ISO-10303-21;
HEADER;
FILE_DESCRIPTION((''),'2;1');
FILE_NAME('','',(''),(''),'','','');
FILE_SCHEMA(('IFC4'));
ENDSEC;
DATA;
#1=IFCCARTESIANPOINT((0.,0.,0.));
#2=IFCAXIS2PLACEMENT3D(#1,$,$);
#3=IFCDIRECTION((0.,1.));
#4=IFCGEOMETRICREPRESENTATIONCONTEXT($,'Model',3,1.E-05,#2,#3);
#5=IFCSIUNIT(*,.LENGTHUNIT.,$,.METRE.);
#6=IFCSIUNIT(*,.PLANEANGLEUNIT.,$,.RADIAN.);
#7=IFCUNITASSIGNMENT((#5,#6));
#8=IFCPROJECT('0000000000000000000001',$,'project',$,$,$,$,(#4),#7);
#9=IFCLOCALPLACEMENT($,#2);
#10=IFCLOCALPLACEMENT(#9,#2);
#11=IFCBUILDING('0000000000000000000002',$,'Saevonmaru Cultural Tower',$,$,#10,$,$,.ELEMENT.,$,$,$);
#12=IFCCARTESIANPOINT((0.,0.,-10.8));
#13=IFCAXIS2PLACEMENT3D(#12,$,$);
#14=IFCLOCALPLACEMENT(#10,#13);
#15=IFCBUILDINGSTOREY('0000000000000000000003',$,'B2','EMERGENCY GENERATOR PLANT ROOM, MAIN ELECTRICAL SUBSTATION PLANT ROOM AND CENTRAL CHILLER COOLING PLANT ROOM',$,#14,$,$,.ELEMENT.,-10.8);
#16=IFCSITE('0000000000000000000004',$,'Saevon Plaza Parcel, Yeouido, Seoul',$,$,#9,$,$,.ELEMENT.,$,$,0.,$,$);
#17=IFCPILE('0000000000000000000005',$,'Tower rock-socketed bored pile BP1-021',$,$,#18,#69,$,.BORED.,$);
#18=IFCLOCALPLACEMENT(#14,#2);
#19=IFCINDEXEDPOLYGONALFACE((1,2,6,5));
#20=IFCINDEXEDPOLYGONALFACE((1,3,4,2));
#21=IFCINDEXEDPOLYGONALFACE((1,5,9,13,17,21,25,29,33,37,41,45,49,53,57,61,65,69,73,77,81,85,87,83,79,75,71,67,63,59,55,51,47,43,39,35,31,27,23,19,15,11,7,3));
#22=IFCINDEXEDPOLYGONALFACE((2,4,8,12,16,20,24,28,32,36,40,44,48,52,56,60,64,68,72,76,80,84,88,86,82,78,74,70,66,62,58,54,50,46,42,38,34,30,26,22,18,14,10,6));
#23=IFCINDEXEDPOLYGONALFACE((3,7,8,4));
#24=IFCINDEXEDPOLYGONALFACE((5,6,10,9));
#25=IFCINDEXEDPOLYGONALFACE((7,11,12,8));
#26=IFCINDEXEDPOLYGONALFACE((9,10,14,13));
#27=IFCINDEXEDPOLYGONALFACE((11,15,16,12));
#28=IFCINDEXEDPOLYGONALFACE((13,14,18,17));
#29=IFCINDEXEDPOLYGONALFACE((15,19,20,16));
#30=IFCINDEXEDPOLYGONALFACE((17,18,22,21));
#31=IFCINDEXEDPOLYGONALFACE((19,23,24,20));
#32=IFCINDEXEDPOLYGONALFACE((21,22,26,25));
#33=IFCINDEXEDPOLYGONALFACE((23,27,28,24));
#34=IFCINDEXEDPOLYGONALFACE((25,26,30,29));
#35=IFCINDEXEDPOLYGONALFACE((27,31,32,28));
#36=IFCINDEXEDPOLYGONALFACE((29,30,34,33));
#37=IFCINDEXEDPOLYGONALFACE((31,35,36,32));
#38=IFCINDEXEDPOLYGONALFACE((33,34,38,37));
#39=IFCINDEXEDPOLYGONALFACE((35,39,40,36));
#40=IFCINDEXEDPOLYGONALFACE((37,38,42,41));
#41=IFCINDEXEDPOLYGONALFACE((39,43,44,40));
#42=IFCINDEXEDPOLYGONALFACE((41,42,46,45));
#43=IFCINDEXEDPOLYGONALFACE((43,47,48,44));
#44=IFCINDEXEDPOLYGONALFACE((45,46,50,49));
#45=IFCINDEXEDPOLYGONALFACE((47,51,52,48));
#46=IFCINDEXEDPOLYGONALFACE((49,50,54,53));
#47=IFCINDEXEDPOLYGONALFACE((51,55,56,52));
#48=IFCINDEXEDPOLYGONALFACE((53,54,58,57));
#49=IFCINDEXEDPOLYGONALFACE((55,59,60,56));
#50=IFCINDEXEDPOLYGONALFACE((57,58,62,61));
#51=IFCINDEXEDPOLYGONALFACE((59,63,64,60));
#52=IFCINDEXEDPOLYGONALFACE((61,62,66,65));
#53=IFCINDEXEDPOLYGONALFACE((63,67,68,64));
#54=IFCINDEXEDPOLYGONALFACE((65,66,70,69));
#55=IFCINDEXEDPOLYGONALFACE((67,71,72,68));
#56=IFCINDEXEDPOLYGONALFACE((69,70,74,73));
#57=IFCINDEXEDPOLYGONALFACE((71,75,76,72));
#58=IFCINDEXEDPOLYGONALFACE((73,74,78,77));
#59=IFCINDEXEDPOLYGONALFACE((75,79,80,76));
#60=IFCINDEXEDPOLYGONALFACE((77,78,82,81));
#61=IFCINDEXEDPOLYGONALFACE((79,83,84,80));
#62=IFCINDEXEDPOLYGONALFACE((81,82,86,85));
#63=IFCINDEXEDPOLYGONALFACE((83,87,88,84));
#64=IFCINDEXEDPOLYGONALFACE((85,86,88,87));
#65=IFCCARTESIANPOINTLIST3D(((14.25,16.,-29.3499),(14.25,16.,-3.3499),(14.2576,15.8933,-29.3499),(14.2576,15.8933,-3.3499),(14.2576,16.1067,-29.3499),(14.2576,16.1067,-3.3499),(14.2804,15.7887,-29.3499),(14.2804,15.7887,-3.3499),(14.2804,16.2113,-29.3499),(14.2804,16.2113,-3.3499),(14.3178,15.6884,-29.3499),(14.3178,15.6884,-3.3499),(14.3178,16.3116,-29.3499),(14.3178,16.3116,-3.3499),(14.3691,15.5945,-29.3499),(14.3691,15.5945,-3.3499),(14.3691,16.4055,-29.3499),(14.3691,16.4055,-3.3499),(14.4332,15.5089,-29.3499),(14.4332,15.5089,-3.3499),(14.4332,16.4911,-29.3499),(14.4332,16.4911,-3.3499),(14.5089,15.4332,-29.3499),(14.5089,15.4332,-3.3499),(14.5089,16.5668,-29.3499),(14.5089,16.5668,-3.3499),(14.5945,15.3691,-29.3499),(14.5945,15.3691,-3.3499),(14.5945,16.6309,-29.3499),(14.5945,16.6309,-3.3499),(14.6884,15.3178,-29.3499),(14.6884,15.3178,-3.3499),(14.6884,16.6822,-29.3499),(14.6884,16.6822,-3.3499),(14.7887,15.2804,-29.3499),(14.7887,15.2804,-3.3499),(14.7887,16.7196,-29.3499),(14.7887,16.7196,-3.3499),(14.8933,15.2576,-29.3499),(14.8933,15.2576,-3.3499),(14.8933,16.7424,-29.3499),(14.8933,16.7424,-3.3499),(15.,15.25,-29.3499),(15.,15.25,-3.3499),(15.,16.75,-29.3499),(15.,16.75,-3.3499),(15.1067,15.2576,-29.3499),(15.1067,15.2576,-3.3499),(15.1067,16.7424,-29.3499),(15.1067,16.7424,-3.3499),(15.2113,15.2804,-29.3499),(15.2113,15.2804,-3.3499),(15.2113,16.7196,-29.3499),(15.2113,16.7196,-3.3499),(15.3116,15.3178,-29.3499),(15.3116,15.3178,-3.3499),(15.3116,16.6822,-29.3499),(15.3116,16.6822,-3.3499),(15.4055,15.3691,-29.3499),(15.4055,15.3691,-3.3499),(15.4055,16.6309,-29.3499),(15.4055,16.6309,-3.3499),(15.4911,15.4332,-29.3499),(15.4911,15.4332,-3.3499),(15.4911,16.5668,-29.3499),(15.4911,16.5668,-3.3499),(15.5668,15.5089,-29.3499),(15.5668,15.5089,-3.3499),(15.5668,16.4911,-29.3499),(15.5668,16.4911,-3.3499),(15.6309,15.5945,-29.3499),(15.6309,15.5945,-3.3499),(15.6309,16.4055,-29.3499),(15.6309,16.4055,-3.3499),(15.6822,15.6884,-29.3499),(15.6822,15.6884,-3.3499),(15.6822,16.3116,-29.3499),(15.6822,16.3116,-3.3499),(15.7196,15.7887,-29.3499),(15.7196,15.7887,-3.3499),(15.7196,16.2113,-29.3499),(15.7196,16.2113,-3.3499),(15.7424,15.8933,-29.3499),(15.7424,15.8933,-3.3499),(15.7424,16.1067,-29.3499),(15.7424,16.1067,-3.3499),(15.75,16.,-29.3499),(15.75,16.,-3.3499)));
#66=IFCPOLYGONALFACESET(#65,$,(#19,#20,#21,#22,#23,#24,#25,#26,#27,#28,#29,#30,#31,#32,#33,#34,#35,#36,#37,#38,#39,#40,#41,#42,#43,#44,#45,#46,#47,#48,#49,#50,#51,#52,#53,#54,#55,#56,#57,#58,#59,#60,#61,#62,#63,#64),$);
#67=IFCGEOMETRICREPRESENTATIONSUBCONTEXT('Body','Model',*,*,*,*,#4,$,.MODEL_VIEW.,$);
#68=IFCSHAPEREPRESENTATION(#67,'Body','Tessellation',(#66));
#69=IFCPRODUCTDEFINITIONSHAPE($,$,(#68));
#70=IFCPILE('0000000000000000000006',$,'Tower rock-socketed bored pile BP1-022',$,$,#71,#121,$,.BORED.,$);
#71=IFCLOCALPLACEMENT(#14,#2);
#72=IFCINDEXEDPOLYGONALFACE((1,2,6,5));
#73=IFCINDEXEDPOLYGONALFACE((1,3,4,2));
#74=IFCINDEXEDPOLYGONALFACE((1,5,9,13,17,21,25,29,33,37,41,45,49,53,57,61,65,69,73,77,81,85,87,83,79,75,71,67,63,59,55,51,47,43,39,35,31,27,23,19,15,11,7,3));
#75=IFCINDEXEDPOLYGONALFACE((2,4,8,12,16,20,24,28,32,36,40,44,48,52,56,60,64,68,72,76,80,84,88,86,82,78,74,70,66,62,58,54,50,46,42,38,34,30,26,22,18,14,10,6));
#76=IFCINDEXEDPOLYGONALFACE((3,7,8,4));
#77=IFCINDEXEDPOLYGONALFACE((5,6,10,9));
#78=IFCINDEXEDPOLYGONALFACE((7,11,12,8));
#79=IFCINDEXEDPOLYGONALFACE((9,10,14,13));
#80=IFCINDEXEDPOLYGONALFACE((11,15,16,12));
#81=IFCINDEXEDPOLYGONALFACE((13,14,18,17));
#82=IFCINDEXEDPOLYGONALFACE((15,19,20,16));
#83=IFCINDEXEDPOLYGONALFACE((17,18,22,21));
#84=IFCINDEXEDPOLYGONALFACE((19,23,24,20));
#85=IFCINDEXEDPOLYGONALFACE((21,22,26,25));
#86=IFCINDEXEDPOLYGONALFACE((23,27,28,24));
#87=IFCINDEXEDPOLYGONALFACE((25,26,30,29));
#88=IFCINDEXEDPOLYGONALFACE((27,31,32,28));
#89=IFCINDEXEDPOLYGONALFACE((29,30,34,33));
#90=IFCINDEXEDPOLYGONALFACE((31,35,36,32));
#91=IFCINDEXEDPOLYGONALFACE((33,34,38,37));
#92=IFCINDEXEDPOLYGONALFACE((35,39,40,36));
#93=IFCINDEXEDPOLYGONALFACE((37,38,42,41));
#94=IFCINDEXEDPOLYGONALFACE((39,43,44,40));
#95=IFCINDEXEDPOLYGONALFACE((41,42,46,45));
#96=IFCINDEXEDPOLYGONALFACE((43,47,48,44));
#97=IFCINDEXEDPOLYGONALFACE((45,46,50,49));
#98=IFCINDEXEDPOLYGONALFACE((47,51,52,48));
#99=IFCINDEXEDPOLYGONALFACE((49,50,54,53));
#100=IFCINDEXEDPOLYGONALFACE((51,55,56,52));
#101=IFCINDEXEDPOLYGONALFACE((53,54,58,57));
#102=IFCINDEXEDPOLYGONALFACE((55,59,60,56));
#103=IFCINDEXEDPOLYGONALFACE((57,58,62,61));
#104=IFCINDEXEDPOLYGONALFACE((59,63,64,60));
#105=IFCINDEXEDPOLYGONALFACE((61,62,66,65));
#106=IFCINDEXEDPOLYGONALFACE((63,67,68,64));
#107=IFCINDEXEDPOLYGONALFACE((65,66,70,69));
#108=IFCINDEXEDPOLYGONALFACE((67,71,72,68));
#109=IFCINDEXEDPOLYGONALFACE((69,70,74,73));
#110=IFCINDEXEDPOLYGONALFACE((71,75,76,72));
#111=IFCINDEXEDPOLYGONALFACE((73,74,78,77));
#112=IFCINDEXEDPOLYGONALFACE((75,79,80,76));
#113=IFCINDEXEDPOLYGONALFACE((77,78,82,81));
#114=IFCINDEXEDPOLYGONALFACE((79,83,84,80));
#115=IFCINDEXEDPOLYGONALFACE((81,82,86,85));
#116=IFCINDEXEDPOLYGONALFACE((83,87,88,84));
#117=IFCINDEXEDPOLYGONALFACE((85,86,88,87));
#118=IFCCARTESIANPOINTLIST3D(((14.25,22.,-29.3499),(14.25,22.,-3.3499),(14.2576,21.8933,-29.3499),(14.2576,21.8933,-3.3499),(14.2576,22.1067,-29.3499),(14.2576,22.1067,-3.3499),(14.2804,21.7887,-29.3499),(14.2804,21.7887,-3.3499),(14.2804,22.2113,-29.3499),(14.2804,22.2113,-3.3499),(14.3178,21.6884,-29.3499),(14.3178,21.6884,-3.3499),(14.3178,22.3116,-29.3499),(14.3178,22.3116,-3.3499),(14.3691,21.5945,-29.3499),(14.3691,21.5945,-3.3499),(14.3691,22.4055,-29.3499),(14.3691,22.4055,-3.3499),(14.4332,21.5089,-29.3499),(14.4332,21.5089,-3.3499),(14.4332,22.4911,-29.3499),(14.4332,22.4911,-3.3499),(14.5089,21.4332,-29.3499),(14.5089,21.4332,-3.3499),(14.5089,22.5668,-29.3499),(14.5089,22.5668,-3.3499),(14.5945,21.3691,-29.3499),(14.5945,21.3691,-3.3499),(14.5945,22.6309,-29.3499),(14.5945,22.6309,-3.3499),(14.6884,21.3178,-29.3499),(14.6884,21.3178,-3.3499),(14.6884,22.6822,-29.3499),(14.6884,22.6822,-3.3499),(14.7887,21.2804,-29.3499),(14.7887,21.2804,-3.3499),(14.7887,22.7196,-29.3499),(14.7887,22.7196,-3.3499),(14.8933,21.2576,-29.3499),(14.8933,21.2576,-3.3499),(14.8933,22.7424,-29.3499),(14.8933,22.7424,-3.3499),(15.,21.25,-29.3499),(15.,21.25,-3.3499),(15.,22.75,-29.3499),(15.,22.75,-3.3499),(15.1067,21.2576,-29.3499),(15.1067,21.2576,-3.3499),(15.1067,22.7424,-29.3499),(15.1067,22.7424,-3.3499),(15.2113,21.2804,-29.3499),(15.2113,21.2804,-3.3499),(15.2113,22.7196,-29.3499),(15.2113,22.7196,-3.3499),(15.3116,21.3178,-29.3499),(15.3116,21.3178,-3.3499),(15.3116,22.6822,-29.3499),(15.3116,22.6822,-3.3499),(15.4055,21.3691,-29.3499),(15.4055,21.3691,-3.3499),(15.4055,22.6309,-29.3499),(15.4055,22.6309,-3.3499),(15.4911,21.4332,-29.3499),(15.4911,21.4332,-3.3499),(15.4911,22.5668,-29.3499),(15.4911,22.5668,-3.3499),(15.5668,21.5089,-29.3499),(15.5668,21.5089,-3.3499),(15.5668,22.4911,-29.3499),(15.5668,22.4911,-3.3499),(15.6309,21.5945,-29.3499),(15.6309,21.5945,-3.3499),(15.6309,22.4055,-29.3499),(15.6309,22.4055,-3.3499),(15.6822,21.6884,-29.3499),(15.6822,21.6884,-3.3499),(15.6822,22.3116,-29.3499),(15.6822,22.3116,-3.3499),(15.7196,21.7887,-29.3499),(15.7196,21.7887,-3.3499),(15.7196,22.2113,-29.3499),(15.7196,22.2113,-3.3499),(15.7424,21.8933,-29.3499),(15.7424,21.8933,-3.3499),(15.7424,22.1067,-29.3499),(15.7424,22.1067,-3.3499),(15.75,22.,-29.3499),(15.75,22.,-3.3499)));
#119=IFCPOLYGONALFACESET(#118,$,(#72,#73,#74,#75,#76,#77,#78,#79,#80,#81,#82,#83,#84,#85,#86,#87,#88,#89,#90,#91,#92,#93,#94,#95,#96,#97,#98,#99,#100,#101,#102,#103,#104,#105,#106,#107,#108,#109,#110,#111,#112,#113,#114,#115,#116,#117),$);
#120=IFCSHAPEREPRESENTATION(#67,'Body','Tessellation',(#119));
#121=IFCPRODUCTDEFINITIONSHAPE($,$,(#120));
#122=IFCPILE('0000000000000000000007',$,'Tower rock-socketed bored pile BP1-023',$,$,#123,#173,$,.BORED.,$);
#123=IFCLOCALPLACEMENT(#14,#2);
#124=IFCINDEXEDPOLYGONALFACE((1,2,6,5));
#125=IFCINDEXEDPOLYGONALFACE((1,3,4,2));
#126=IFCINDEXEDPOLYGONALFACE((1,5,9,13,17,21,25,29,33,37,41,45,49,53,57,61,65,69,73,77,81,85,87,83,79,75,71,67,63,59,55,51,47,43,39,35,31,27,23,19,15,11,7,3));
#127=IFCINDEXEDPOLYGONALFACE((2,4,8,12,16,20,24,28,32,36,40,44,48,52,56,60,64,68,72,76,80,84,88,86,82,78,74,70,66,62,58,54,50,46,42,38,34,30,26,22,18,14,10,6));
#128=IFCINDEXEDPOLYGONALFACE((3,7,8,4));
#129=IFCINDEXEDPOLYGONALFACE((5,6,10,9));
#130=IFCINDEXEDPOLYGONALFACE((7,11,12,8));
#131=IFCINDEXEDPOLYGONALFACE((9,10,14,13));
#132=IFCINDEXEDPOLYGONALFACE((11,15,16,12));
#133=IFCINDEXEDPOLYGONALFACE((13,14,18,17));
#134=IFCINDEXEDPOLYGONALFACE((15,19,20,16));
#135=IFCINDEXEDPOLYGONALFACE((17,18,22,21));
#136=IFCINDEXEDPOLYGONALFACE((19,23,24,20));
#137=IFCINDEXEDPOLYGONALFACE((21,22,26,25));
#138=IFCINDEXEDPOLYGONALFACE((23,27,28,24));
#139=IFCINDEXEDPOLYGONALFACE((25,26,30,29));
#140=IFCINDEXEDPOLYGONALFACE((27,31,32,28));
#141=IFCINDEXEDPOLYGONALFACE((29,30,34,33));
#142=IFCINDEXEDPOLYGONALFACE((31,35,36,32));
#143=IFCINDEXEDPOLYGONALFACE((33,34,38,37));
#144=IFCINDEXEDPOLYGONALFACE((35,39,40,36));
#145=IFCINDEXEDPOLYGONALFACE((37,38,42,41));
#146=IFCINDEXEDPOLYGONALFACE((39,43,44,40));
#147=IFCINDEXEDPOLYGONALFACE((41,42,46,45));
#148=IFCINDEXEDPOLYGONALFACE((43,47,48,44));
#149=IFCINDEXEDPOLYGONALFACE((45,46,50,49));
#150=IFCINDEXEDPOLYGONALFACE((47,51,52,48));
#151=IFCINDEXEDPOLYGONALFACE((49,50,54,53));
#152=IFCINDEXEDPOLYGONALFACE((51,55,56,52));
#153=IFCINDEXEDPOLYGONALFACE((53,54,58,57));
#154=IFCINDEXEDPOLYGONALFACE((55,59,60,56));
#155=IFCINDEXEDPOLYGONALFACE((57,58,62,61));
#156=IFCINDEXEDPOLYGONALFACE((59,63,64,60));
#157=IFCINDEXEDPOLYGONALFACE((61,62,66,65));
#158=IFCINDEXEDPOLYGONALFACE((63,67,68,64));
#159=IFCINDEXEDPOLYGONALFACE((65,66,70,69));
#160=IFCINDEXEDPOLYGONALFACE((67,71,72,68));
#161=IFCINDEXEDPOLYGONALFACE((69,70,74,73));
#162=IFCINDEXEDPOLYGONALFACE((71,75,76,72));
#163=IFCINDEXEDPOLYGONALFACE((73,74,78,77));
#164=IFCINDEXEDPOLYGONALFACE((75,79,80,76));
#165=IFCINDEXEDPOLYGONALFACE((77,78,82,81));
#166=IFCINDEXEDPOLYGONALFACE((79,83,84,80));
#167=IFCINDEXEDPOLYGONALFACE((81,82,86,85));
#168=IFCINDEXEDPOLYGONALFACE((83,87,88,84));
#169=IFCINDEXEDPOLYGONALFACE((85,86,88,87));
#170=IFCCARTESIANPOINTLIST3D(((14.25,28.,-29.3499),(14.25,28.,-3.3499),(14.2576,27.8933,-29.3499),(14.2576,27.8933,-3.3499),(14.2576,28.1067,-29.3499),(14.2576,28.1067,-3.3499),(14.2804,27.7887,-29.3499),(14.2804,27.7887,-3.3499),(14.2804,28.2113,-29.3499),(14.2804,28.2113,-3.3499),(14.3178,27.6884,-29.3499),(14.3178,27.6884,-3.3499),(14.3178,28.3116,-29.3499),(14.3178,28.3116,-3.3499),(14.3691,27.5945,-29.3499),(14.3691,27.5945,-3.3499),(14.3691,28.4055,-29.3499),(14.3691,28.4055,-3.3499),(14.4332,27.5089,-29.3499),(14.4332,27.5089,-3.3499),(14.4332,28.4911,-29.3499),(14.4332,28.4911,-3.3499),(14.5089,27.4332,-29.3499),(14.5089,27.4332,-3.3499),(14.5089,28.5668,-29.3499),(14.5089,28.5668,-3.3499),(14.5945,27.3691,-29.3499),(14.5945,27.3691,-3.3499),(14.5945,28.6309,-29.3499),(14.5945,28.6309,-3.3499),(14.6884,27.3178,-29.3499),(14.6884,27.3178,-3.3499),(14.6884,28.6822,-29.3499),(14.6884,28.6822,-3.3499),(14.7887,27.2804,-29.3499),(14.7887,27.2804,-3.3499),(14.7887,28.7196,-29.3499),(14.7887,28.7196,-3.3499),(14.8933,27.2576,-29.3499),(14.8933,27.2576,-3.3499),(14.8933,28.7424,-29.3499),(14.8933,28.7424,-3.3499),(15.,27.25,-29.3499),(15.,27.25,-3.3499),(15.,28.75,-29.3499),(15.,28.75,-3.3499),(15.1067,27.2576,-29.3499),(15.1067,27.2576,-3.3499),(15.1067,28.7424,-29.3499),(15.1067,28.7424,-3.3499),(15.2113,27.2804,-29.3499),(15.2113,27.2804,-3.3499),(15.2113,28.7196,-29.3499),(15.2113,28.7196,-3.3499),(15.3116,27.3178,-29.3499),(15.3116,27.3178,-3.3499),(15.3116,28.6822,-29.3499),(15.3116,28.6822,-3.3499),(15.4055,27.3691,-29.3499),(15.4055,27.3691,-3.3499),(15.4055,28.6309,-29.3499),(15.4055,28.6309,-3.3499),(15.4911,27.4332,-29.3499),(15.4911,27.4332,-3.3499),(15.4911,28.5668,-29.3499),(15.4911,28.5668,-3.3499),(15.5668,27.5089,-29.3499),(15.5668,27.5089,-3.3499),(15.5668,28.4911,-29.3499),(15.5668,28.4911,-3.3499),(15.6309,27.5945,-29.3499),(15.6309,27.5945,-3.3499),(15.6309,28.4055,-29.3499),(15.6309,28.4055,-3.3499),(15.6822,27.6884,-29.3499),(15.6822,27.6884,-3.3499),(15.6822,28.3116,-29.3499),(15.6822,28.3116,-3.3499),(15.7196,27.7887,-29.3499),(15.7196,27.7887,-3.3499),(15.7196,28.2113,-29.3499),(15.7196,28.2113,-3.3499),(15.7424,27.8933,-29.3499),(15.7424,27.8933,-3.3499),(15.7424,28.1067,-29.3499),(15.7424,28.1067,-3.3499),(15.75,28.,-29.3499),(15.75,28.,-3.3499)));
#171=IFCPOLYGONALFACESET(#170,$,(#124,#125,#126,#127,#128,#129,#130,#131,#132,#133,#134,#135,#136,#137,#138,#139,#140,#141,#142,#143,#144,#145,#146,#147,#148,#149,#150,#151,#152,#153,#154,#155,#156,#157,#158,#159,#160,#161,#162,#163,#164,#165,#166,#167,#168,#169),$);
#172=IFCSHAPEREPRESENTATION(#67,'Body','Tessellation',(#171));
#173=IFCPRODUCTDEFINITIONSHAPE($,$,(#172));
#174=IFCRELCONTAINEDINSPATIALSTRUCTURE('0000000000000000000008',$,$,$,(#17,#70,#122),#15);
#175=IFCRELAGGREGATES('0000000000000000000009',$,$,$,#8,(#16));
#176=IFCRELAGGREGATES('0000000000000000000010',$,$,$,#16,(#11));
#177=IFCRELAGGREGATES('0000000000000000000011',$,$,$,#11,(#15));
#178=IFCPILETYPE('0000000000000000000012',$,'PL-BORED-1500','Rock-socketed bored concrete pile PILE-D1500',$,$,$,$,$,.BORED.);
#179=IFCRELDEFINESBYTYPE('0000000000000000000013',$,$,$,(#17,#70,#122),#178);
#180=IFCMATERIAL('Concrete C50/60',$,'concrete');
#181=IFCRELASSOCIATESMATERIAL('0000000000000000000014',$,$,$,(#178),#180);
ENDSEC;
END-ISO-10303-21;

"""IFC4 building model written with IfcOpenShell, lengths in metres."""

from ifc_helpers import new_model, si_unit, direction, frame, origin, origin_2d, place, context, subcontext, project, spatial, circle, extrude, material, material_profile, profile_set, type_object, element, save


model = new_model("IFC4")

# Units and contexts
model_context = context("Model", 3, precision=1e-05, world=origin(), true_north=direction((0.0, 1.0)))
body_context = subcontext(model_context, "Body", "Model", "MODEL_VIEW")
ifc_project = project(units=[si_unit("LENGTHUNIT", "METRE"), si_unit("PLANEANGLEUNIT", "RADIAN")], contexts=[model_context])

# Site, building, storey
site_placement = place(None, origin())
site = spatial("IfcSite", under=ifc_project, at=site_placement, Name="Saevon Plaza Parcel, Yeouido, Seoul", CompositionType="ELEMENT", RefElevation=0.0)
building_placement = place(site_placement, origin())
building = spatial("IfcBuilding", under=site, at=building_placement, Name="Saevonmaru Cultural Tower", CompositionType="ELEMENT")
storey_placement = place(building_placement, frame((0.0, 0.0, -10.8)))
storey = spatial("IfcBuildingStorey", under=building, at=storey_placement, Name="B2", Description="EMERGENCY GENERATOR PLANT ROOM, MAIN ELECTRICAL SUBSTATION PLANT ROOM AND CENTRAL CHILLER COOLING PLANT ROOM", CompositionType="ELEMENT", Elevation=-10.8)

# Piles
ifc_material_1 = material(Name="Concrete C50/60", Category="concrete")
ifc_material_profile_1 = material_profile(ifc_material_1, circle(Radius=0.75, at=origin_2d()), Name="PILE-D1500")
ifc_profile_set_1 = profile_set([ifc_material_profile_1], Name="Concrete C50/60")
pile_type = type_object("IfcPileType", Name="PL-BORED-1500", Description="Rock-socketed bored concrete pile PILE-D1500", PredefinedType="BORED", material=ifc_profile_set_1)
for number, where, z_axis, x_axis, name in (
    (1, (15.0, 16.0, -3.3499), (0.0, 0.0, -1.0), (1.0, 0.0, 0.0), "Tower rock-socketed bored pile BP1-021"),
    (2, (15.0, 22.0, -3.3499), (0.0, 0.0, -1.0), (1.0, 0.0, 0.0), "Tower rock-socketed bored pile BP1-022"),
    (3, (15.0, 28.0, -3.3499), (0.0, 0.0, -1.0), (1.0, 0.0, 0.0), "Tower rock-socketed bored pile BP1-023"),
):
    element("IfcPile", number, at=place(storey_placement, frame(where, z_axis=z_axis, x_axis=x_axis)), inside=storey, type_object=pile_type, Name=name, PredefinedType="BORED", context=body_context, shape_type="SweptSolid", body=[
        extrude(circle(Radius=0.75, at=origin_2d()), origin(), (0.0, 0.0, 1.0), 26.0),
    ])

save(model, "model.ifc")
